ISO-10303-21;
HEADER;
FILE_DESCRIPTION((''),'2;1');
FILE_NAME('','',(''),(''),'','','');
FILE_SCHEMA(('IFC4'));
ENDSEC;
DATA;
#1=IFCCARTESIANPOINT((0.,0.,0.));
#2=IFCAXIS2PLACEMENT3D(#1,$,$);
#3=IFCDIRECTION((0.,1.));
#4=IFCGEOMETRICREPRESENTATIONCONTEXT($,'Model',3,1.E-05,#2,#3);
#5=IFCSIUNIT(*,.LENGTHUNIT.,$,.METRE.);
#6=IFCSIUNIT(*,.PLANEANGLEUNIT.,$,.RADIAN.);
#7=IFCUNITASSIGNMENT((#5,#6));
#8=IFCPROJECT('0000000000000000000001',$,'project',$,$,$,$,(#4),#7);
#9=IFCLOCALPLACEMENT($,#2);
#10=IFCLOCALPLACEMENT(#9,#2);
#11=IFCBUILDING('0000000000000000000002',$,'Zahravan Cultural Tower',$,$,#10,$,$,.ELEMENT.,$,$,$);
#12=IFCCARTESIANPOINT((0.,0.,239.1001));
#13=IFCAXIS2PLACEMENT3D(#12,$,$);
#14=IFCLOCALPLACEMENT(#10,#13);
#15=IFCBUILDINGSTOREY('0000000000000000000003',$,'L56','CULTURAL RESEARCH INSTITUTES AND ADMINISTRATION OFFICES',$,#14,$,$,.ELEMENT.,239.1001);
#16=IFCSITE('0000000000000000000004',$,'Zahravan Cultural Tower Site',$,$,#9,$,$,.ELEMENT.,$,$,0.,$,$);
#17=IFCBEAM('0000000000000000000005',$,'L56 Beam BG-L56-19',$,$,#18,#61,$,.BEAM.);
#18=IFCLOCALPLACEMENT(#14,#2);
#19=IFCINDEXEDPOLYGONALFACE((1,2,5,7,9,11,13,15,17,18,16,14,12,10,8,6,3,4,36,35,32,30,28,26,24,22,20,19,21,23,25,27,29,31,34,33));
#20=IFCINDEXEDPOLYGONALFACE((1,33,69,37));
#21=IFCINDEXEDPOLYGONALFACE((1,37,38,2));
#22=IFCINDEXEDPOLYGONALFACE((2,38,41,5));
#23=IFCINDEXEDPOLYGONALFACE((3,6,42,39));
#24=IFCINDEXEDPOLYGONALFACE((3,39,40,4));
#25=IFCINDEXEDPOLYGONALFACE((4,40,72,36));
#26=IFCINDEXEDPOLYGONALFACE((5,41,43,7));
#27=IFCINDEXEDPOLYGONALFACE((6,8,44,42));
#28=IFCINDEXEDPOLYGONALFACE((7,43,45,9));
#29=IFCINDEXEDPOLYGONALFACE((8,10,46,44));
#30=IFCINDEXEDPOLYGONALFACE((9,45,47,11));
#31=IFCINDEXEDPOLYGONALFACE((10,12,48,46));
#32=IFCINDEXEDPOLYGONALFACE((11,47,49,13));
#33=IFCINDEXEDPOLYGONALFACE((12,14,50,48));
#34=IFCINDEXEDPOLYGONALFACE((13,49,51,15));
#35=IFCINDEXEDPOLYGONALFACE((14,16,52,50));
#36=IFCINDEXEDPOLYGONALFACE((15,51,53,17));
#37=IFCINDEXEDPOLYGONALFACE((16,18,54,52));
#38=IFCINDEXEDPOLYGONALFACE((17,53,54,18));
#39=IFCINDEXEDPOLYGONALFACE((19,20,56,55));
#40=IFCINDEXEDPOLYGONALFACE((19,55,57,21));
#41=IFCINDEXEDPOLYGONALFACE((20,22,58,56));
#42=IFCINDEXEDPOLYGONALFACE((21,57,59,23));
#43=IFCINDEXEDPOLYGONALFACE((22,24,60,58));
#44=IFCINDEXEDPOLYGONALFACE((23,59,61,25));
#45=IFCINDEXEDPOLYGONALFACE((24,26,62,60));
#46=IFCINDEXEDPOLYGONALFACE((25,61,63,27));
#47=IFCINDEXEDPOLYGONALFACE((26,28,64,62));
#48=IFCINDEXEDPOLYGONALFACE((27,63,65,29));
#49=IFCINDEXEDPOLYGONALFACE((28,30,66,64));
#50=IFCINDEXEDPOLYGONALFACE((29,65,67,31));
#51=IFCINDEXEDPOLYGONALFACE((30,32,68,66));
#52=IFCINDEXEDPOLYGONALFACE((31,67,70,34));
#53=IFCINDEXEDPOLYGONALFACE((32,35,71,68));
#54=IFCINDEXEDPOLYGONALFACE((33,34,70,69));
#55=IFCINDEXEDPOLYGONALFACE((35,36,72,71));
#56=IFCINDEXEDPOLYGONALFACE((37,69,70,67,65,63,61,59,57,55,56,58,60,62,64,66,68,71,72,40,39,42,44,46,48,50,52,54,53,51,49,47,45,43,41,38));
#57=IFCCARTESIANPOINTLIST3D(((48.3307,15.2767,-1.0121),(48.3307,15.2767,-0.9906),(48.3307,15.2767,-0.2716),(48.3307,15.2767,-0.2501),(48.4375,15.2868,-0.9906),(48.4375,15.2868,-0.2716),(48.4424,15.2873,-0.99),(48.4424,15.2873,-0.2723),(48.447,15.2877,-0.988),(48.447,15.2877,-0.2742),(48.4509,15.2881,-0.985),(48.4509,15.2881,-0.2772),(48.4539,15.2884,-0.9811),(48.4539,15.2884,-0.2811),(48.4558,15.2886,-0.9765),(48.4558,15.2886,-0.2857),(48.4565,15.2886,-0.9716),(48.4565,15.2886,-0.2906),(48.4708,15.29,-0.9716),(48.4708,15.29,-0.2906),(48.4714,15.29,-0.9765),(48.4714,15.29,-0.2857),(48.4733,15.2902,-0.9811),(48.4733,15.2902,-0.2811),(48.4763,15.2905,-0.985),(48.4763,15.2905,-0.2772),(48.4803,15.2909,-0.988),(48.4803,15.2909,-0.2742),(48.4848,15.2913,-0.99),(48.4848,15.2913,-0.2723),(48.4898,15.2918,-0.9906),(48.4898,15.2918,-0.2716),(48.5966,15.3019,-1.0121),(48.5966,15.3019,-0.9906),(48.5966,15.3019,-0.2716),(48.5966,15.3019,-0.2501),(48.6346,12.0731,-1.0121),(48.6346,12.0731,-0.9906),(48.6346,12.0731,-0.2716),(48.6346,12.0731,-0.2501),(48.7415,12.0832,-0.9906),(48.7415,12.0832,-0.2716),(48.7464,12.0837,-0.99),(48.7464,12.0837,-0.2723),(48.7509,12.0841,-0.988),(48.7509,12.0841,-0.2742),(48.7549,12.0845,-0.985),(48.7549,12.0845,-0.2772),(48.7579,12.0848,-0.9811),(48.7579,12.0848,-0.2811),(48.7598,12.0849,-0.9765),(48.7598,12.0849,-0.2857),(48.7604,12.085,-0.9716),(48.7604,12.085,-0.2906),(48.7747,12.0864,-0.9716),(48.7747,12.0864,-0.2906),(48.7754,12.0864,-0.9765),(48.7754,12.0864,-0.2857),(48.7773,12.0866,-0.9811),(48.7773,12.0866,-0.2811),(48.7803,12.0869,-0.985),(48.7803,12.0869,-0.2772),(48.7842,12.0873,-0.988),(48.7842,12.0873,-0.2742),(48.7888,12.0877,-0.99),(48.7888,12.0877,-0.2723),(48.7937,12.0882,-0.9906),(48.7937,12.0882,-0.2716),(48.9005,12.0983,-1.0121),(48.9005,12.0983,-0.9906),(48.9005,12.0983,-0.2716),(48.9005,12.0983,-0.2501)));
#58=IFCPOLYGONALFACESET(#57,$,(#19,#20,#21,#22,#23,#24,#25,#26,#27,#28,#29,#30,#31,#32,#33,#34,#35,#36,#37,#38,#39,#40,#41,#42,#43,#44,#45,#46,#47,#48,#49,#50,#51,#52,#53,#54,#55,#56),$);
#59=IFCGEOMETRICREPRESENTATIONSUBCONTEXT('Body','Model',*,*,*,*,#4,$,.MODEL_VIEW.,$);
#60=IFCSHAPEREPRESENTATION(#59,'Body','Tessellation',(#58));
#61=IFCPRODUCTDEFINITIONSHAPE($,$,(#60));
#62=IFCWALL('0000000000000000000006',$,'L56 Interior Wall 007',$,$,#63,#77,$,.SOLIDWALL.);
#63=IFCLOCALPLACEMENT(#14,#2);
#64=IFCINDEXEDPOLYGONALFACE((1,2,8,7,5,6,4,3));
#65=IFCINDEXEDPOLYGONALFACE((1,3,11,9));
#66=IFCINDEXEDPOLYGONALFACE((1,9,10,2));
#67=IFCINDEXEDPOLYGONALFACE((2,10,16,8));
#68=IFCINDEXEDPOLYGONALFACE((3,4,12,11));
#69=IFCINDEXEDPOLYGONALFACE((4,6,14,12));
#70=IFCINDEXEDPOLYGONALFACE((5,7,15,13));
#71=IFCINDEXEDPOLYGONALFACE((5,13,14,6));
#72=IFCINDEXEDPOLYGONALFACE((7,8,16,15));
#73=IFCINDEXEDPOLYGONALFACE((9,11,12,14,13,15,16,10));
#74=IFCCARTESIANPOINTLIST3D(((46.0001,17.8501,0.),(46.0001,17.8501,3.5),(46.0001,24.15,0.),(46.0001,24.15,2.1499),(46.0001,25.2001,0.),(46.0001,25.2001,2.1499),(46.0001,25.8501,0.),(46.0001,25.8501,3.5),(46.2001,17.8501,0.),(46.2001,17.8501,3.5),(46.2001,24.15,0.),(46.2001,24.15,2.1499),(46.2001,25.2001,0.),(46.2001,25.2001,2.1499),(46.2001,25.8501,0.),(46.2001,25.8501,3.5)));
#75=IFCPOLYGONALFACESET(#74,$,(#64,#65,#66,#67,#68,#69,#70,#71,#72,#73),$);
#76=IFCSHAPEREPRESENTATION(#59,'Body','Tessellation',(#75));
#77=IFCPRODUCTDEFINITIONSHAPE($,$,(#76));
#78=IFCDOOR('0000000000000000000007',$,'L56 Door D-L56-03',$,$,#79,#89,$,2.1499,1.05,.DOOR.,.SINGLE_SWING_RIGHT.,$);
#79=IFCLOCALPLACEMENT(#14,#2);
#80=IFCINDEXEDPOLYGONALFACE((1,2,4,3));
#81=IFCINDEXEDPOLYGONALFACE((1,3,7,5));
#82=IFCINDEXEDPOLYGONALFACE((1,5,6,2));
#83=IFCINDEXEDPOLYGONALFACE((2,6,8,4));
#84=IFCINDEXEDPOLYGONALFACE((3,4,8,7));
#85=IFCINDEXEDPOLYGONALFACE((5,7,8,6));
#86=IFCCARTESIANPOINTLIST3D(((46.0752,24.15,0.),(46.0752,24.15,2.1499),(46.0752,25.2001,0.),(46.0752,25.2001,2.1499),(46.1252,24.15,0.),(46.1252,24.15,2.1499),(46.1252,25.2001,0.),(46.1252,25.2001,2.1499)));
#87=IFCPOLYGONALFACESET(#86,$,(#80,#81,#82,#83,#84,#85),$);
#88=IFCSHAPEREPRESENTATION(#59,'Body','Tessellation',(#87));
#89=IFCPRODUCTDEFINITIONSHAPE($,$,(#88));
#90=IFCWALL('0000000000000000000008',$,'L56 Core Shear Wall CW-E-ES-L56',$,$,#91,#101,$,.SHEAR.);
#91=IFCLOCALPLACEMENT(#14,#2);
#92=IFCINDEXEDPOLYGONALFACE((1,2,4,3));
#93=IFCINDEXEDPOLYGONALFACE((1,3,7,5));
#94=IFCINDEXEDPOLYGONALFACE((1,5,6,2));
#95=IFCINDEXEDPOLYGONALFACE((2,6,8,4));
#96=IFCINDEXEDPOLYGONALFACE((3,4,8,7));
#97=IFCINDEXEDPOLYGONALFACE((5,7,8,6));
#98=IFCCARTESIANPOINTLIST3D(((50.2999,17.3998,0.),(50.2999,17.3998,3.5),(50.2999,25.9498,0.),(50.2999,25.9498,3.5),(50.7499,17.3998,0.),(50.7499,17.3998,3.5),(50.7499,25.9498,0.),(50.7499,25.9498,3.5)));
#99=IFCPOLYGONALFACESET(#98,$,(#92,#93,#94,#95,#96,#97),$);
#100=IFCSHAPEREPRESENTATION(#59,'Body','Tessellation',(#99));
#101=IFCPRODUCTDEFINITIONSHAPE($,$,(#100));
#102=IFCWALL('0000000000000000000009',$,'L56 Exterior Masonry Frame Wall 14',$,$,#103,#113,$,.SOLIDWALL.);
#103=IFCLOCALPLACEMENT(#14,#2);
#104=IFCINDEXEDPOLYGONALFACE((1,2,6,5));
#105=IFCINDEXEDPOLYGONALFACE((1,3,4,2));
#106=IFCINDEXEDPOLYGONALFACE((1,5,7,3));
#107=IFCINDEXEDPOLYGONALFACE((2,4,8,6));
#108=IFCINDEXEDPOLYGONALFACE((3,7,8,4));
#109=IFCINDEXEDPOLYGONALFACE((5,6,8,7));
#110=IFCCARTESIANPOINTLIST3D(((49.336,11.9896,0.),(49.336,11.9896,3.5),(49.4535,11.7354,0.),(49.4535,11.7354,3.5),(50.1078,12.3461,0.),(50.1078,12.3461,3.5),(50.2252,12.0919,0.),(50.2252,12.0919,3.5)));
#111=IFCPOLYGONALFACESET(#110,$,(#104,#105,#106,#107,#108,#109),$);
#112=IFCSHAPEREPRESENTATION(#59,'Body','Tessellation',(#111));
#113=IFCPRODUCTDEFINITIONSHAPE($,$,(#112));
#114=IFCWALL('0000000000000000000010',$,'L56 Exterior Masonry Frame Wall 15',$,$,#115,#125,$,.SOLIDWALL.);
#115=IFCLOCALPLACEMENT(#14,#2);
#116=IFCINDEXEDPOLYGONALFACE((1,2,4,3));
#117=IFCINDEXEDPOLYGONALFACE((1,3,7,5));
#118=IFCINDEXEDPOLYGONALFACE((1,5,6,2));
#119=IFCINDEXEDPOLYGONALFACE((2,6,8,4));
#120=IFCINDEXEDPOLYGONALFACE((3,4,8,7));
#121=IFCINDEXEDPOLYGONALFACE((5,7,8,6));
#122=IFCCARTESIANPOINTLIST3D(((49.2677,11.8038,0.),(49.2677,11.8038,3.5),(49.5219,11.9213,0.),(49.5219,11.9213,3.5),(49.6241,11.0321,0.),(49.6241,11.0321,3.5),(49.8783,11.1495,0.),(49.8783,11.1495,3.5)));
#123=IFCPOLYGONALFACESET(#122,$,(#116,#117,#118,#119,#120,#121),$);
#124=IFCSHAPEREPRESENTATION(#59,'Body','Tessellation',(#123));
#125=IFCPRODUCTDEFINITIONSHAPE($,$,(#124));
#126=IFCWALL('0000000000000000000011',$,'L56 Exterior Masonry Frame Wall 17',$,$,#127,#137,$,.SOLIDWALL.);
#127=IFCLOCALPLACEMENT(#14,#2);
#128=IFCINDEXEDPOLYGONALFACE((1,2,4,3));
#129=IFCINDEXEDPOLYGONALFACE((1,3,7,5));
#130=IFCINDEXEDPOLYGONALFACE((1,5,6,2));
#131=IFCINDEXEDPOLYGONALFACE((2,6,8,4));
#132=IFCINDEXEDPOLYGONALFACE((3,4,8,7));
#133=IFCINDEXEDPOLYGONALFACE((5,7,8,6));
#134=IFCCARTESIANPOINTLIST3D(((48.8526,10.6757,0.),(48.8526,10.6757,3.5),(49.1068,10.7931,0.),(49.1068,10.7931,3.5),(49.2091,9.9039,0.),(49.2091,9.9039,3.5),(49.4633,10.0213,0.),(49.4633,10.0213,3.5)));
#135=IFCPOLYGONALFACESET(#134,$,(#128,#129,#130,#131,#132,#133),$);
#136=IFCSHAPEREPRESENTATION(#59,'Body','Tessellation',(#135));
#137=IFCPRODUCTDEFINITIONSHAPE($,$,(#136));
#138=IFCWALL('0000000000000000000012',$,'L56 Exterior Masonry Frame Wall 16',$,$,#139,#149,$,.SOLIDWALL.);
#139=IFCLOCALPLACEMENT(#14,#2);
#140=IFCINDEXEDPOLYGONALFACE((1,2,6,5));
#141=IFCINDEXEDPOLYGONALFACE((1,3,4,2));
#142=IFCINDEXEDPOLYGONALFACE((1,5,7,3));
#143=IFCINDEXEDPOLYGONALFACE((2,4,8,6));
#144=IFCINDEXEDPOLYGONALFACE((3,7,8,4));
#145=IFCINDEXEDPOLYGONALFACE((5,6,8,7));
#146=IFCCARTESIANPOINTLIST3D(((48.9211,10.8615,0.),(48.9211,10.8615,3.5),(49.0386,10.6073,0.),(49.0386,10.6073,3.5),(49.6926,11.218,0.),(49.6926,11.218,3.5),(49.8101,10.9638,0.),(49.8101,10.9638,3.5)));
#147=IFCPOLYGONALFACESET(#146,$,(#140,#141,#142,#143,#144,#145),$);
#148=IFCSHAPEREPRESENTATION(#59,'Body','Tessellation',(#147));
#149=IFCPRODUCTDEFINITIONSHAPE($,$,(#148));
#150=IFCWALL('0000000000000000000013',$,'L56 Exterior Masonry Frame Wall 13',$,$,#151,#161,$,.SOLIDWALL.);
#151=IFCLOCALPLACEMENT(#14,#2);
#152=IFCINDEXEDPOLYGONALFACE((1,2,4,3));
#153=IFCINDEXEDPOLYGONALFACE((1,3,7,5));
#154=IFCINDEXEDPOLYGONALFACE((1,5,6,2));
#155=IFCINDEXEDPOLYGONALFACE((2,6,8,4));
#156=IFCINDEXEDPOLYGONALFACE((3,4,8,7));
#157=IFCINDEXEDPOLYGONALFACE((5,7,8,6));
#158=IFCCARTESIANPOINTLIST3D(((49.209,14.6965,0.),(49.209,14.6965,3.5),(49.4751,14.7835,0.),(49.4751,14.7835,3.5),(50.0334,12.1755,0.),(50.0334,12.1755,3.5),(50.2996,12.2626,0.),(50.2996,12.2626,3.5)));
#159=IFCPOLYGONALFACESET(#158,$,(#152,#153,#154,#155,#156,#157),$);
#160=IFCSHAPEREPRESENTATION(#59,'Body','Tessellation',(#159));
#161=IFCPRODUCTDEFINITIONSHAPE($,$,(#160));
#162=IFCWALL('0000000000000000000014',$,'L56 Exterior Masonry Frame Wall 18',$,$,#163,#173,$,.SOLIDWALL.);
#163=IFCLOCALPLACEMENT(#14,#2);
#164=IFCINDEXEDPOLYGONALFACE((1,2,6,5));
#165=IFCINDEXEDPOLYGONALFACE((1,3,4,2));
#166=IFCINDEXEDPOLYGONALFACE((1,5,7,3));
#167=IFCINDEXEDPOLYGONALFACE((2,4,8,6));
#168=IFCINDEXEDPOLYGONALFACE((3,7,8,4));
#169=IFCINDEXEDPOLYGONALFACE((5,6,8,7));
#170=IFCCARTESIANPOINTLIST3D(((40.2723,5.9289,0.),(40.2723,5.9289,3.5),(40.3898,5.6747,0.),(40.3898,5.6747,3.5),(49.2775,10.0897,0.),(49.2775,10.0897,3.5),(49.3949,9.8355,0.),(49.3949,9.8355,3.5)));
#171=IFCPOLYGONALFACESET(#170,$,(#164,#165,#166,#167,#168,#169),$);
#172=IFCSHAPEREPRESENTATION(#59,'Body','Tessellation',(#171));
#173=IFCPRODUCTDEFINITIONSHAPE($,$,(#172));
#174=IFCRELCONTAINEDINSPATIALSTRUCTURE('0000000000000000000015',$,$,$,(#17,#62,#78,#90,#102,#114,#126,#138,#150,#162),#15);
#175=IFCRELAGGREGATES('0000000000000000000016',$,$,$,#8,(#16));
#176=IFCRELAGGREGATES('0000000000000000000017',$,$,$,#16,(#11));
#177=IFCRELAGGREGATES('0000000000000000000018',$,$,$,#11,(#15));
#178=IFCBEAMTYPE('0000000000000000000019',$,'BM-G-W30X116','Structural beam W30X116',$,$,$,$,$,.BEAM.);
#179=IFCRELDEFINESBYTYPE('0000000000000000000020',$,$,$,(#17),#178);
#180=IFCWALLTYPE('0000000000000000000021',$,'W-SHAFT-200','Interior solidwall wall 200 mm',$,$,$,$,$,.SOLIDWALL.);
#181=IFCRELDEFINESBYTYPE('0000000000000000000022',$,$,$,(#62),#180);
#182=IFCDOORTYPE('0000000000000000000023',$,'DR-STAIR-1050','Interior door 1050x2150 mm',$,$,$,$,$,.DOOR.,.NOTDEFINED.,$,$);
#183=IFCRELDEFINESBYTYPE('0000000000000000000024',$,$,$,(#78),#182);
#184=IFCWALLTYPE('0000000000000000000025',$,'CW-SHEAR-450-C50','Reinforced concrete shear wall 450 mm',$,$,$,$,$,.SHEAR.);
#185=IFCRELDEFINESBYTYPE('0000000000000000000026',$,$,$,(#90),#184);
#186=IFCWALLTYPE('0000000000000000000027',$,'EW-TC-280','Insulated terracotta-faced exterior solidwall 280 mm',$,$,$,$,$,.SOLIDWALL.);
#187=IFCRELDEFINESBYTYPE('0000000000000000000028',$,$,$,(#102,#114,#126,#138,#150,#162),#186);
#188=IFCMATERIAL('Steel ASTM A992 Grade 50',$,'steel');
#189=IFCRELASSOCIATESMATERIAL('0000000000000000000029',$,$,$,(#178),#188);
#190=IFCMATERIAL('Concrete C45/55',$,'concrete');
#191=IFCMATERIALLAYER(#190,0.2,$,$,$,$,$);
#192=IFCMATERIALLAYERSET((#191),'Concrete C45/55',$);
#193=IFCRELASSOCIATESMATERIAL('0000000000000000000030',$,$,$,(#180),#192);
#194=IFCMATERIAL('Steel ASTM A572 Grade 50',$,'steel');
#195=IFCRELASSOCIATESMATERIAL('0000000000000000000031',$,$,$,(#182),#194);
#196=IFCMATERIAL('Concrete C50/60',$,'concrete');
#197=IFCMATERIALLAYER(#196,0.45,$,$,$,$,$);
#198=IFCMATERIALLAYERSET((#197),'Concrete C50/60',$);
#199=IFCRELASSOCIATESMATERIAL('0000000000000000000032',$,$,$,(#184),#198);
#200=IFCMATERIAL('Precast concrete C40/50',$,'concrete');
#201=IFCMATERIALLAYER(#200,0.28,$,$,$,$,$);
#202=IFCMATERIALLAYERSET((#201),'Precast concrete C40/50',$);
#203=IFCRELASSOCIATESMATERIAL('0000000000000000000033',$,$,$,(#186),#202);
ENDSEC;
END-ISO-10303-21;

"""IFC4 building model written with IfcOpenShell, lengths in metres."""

from ifc_helpers import new_model, si_unit, direction, frame, frame_2d, origin, origin_2d, place, context, subcontext, project, spatial, rectangle, i_section, extrude, source, transform, mapped, material, layer, layer_set, material_profile, profile_set, type_object, element, fill, save


model = new_model("IFC4")

# Units and contexts
model_context = context("Model", 3, precision=1e-05, world=origin(), true_north=direction((0.0, 1.0)))
body_context = subcontext(model_context, "Body", "Model", "MODEL_VIEW")
ifc_project = project(units=[si_unit("LENGTHUNIT", "METRE"), si_unit("PLANEANGLEUNIT", "RADIAN")], contexts=[model_context])

# Site, building, storey
site_placement = place(None, origin())
site = spatial("IfcSite", under=ifc_project, at=site_placement, Name="Zahravan Cultural Tower Site", CompositionType="ELEMENT", RefElevation=0.0)
building_placement = place(site_placement, origin())
building = spatial("IfcBuilding", under=site, at=building_placement, Name="Zahravan Cultural Tower", CompositionType="ELEMENT")
storey_placement = place(building_placement, frame((0.0, 0.0, 239.1001)))
storey = spatial("IfcBuildingStorey", under=building, at=storey_placement, Name="L56", Description="CULTURAL RESEARCH INSTITUTES AND ADMINISTRATION OFFICES", CompositionType="ELEMENT", Elevation=239.1001)

# Shared definitions
ifc_material_1 = material(Name="Concrete C50/60", Category="concrete")
ifc_material_2 = material(Name="Steel ASTM A992 Grade 50", Category="steel")

# Beam
ifc_material_profile_1 = material_profile(ifc_material_2, i_section(OverallWidth=0.2671, OverallDepth=0.762, WebThickness=0.0144, FlangeThickness=0.0215, FilletRadius=0.019, at=origin_2d()), Name="W30X116")
ifc_profile_set_1 = profile_set([ifc_material_profile_1], Name="Steel ASTM A992 Grade 50")
beam_type = type_object("IfcBeamType", Name="BM-G-W30X116", Description="Structural beam W30X116", PredefinedType="BEAM", material=ifc_profile_set_1)
shared_shape_1 = source(origin(), body_context, "Body", "SweptSolid", [
    extrude(i_section(OverallWidth=0.2671, OverallDepth=0.762, WebThickness=0.0144, FlangeThickness=0.0215, FilletRadius=0.019, at=origin_2d()), origin(), (0.0, 0.0, 1.0), 3.218),
])
beam_1_placement = place(storey_placement, frame((48.4636, 15.2893, -0.6311), z_axis=(0.094455, -0.995529, 0.0), x_axis=(0.995529, 0.094455, 0.0)))
element("IfcBeam", 1, at=beam_1_placement, inside=storey, type_object=beam_type, Name="L56 Beam BG-L56-19", PredefinedType="BEAM", context=body_context, shape_type="MappedRepresentation", body=[
    mapped(shared_shape_1, transform((0.0, 0.0, 0.0), x_axis=(1.0, 0.0, 0.0), y_axis=(0.0, 1.0, 0.0), z_axis=(0.0, 0.0, 1.0), scale=1.0)),
])

# Wall, opening, door
ifc_material_3 = material(Name="Concrete C45/55", Category="concrete")
ifc_layer_1 = layer(ifc_material_3, 0.2)
ifc_layer_set_1 = layer_set([ifc_layer_1], Name="Concrete C45/55")
wall_type_1 = type_object("IfcWallType", Name="W-SHAFT-200", Description="Interior solidwall wall 200 mm", PredefinedType="SOLIDWALL", material=ifc_layer_set_1)
wall_1_placement = place(storey_placement, frame((46.1001, 17.8501, 0.0), z_axis=(0.0, 0.0, 1.0), x_axis=(0.0, 1.0, 0.0)))
wall_1 = element("IfcWall", 2, at=wall_1_placement, inside=storey, type_object=wall_type_1, Name="L56 Interior Wall 007", PredefinedType="SOLIDWALL", context=body_context, shape_type="SweptSolid", body=[
    extrude(rectangle(XDim=8.0, YDim=0.2, at=frame_2d((4.0, 0.0))), origin(), (0.0, 0.0, 1.0), 3.5),
])
opening_placement = place(wall_1_placement, frame((6.3, 0.0, 0.0)))
opening = element("IfcOpeningElement", 3, at=opening_placement, cuts=wall_1, PredefinedType="OPENING", context=body_context, shape_type="SweptSolid", body=[
    extrude(rectangle(XDim=1.05, YDim=2.1499, at=frame_2d((0.5249, 1.075))), frame((0.0, 0.1099, 0.0), z_axis=(0.0, -1.0, 0.0), x_axis=(1.0, 0.0, 0.0)), (0.0, 0.0, 1.0), 0.22),
])
ifc_material_4 = material(Name="Steel ASTM A572 Grade 50", Category="steel")
door_type = type_object("IfcDoorType", Name="DR-STAIR-1050", Description="Interior door 1050x2150 mm", OperationType="NOTDEFINED", PredefinedType="DOOR", material=ifc_material_4)
shared_shape_2 = source(origin(), body_context, "Body", "SweptSolid", [
    extrude(rectangle(XDim=1.05, YDim=2.1499, at=frame_2d((0.5249, 1.075))), frame((0.0, 0.0249, 0.0), z_axis=(0.0, -1.0, 0.0), x_axis=(1.0, 0.0, 0.0)), (0.0, 0.0, 1.0), 0.05),
])
door_placement = place(opening_placement, origin())
door = element("IfcDoor", 4, at=door_placement, inside=storey, type_object=door_type, Name="L56 Door D-L56-03", OperationType="SINGLE_SWING_RIGHT", OverallHeight=2.1499, OverallWidth=1.05, PredefinedType="DOOR", context=body_context, shape_type="MappedRepresentation", body=[
    mapped(shared_shape_2, transform((0.0, 0.0, 0.0), x_axis=(1.0, 0.0, 0.0), y_axis=(0.0, 1.0, 0.0), z_axis=(0.0, 0.0, 1.0), scale=1.0)),
])
fill(opening, door)

# Walls
ifc_layer_2 = layer(ifc_material_1, 0.45)
ifc_layer_set_2 = layer_set([ifc_layer_2], Name="Concrete C50/60")
wall_type_2 = type_object("IfcWallType", Name="CW-SHEAR-450-C50", Description="Reinforced concrete shear wall 450 mm", PredefinedType="SHEAR", material=ifc_layer_set_2)
shared_shape_3 = source(origin(), body_context, "Body", "SweptSolid", [
    extrude(rectangle(XDim=8.55, YDim=0.45, at=frame_2d((4.2749, 0.0))), origin(), (0.0, 0.0, 1.0), 3.5),
])
wall_2_placement = place(storey_placement, frame((50.5249, 17.3999, 0.0), z_axis=(0.0, 0.0, 1.0), x_axis=(0.0, 1.0, 0.0)))
element("IfcWall", 5, at=wall_2_placement, inside=storey, type_object=wall_type_2, Name="L56 Core Shear Wall CW-E-ES-L56", PredefinedType="SHEAR", context=body_context, shape_type="MappedRepresentation", body=[
    mapped(shared_shape_3, transform((0.0, 0.0, 0.0), x_axis=(1.0, 0.0, 0.0), y_axis=(0.0, 1.0, 0.0), z_axis=(0.0, 0.0, 1.0), scale=1.0)),
])
ifc_material_5 = material(Name="Precast concrete C40/50", Category="concrete")
ifc_layer_3 = layer(ifc_material_5, 0.28)
ifc_layer_set_3 = layer_set([ifc_layer_3], Name="Precast concrete C40/50")
wall_type_3 = type_object("IfcWallType", Name="EW-TC-280", Description="Insulated terracotta-faced exterior solidwall 280 mm", PredefinedType="SOLIDWALL", material=ifc_layer_set_3)
shared_shape_4 = source(origin(), body_context, "Body", "SweptSolid", [
    extrude(rectangle(XDim=0.8501, YDim=0.28, at=frame_2d((0.425, 0.0))), origin(), (0.0, 0.0, 1.0), 3.5),
])
for number, where, z_axis, x_axis, name in (
    (6, (50.1665, 12.219, 0.0), (0.0, 0.0, 1.0), (-0.907842, -0.419313, 0.0), "L56 Exterior Masonry Frame Wall 14"),
    (7, (49.3948, 11.8625, 0.0), (0.0, 0.0, 1.0), (0.419313, -0.907842, 0.0), "L56 Exterior Masonry Frame Wall 15"),
    (8, (48.9797, 10.7344, 0.0), (0.0, 0.0, 1.0), (0.419313, -0.907842, 0.0), "L56 Exterior Masonry Frame Wall 17"),
):
    element("IfcWall", number, at=place(storey_placement, frame(where, z_axis=z_axis, x_axis=x_axis)), inside=storey, type_object=wall_type_3, Name=name, PredefinedType="SOLIDWALL", context=body_context, shape_type="MappedRepresentation", body=[
        mapped(shared_shape_4, transform((0.0, 0.0, 0.0), x_axis=(1.0, 0.0, 0.0), y_axis=(0.0, 1.0, 0.0), z_axis=(0.0, 0.0, 1.0), scale=1.0)),
    ])
shared_shape_5 = source(origin(), body_context, "Body", "SweptSolid", [
    extrude(rectangle(XDim=0.8499, YDim=0.28, at=frame_2d((0.4248, 0.0))), origin(), (0.0, 0.0, 1.0), 3.5),
])
wall_3_placement = place(storey_placement, frame((49.7512, 11.0908, 0.0), z_axis=(0.0, 0.0, 1.0), x_axis=(-0.907791, -0.419422, 0.0)))
element("IfcWall", 9, at=wall_3_placement, inside=storey, type_object=wall_type_3, Name="L56 Exterior Masonry Frame Wall 16", PredefinedType="SOLIDWALL", context=body_context, shape_type="MappedRepresentation", body=[
    mapped(shared_shape_5, transform((0.0, 0.0, 0.0), x_axis=(1.0, 0.0, 0.0), y_axis=(0.0, 1.0, 0.0), z_axis=(0.0, 0.0, 1.0), scale=1.0)),
])
shared_shape_6 = source(origin(), body_context, "Body", "SweptSolid", [
    extrude(rectangle(XDim=2.6523, YDim=0.28, at=frame_2d((1.3262, 0.0))), origin(), (0.0, 0.0, 1.0), 3.5),
])
wall_4_placement = place(storey_placement, frame((49.342, 14.74, 0.0), z_axis=(0.0, 0.0, 1.0), x_axis=(0.310838, -0.950463, 0.0)))
element("IfcWall", 10, at=wall_4_placement, inside=storey, type_object=wall_type_3, Name="L56 Exterior Masonry Frame Wall 13", PredefinedType="SOLIDWALL", context=body_context, shape_type="MappedRepresentation", body=[
    mapped(shared_shape_6, transform((0.0, 0.0, 0.0), x_axis=(1.0, 0.0, 0.0), y_axis=(0.0, 1.0, 0.0), z_axis=(0.0, 0.0, 1.0), scale=1.0)),
])
shared_shape_7 = source(origin(), body_context, "Body", "SweptSolid", [
    extrude(rectangle(XDim=9.9199, YDim=0.28, at=frame_2d((4.96, 0.0))), origin(), (0.0, 0.0, 1.0), 3.5),
])
wall_5_placement = place(storey_placement, frame((49.3362, 9.9626, 0.0), z_axis=(0.0, 0.0, 1.0), x_axis=(-0.90778, -0.419447, 0.0)))
element("IfcWall", 11, at=wall_5_placement, inside=storey, type_object=wall_type_3, Name="L56 Exterior Masonry Frame Wall 18", PredefinedType="SOLIDWALL", context=body_context, shape_type="MappedRepresentation", body=[
    mapped(shared_shape_7, transform((0.0, 0.0, 0.0), x_axis=(1.0, 0.0, 0.0), y_axis=(0.0, 1.0, 0.0), z_axis=(0.0, 0.0, 1.0), scale=1.0)),
])

save(model, "model.ifc")
